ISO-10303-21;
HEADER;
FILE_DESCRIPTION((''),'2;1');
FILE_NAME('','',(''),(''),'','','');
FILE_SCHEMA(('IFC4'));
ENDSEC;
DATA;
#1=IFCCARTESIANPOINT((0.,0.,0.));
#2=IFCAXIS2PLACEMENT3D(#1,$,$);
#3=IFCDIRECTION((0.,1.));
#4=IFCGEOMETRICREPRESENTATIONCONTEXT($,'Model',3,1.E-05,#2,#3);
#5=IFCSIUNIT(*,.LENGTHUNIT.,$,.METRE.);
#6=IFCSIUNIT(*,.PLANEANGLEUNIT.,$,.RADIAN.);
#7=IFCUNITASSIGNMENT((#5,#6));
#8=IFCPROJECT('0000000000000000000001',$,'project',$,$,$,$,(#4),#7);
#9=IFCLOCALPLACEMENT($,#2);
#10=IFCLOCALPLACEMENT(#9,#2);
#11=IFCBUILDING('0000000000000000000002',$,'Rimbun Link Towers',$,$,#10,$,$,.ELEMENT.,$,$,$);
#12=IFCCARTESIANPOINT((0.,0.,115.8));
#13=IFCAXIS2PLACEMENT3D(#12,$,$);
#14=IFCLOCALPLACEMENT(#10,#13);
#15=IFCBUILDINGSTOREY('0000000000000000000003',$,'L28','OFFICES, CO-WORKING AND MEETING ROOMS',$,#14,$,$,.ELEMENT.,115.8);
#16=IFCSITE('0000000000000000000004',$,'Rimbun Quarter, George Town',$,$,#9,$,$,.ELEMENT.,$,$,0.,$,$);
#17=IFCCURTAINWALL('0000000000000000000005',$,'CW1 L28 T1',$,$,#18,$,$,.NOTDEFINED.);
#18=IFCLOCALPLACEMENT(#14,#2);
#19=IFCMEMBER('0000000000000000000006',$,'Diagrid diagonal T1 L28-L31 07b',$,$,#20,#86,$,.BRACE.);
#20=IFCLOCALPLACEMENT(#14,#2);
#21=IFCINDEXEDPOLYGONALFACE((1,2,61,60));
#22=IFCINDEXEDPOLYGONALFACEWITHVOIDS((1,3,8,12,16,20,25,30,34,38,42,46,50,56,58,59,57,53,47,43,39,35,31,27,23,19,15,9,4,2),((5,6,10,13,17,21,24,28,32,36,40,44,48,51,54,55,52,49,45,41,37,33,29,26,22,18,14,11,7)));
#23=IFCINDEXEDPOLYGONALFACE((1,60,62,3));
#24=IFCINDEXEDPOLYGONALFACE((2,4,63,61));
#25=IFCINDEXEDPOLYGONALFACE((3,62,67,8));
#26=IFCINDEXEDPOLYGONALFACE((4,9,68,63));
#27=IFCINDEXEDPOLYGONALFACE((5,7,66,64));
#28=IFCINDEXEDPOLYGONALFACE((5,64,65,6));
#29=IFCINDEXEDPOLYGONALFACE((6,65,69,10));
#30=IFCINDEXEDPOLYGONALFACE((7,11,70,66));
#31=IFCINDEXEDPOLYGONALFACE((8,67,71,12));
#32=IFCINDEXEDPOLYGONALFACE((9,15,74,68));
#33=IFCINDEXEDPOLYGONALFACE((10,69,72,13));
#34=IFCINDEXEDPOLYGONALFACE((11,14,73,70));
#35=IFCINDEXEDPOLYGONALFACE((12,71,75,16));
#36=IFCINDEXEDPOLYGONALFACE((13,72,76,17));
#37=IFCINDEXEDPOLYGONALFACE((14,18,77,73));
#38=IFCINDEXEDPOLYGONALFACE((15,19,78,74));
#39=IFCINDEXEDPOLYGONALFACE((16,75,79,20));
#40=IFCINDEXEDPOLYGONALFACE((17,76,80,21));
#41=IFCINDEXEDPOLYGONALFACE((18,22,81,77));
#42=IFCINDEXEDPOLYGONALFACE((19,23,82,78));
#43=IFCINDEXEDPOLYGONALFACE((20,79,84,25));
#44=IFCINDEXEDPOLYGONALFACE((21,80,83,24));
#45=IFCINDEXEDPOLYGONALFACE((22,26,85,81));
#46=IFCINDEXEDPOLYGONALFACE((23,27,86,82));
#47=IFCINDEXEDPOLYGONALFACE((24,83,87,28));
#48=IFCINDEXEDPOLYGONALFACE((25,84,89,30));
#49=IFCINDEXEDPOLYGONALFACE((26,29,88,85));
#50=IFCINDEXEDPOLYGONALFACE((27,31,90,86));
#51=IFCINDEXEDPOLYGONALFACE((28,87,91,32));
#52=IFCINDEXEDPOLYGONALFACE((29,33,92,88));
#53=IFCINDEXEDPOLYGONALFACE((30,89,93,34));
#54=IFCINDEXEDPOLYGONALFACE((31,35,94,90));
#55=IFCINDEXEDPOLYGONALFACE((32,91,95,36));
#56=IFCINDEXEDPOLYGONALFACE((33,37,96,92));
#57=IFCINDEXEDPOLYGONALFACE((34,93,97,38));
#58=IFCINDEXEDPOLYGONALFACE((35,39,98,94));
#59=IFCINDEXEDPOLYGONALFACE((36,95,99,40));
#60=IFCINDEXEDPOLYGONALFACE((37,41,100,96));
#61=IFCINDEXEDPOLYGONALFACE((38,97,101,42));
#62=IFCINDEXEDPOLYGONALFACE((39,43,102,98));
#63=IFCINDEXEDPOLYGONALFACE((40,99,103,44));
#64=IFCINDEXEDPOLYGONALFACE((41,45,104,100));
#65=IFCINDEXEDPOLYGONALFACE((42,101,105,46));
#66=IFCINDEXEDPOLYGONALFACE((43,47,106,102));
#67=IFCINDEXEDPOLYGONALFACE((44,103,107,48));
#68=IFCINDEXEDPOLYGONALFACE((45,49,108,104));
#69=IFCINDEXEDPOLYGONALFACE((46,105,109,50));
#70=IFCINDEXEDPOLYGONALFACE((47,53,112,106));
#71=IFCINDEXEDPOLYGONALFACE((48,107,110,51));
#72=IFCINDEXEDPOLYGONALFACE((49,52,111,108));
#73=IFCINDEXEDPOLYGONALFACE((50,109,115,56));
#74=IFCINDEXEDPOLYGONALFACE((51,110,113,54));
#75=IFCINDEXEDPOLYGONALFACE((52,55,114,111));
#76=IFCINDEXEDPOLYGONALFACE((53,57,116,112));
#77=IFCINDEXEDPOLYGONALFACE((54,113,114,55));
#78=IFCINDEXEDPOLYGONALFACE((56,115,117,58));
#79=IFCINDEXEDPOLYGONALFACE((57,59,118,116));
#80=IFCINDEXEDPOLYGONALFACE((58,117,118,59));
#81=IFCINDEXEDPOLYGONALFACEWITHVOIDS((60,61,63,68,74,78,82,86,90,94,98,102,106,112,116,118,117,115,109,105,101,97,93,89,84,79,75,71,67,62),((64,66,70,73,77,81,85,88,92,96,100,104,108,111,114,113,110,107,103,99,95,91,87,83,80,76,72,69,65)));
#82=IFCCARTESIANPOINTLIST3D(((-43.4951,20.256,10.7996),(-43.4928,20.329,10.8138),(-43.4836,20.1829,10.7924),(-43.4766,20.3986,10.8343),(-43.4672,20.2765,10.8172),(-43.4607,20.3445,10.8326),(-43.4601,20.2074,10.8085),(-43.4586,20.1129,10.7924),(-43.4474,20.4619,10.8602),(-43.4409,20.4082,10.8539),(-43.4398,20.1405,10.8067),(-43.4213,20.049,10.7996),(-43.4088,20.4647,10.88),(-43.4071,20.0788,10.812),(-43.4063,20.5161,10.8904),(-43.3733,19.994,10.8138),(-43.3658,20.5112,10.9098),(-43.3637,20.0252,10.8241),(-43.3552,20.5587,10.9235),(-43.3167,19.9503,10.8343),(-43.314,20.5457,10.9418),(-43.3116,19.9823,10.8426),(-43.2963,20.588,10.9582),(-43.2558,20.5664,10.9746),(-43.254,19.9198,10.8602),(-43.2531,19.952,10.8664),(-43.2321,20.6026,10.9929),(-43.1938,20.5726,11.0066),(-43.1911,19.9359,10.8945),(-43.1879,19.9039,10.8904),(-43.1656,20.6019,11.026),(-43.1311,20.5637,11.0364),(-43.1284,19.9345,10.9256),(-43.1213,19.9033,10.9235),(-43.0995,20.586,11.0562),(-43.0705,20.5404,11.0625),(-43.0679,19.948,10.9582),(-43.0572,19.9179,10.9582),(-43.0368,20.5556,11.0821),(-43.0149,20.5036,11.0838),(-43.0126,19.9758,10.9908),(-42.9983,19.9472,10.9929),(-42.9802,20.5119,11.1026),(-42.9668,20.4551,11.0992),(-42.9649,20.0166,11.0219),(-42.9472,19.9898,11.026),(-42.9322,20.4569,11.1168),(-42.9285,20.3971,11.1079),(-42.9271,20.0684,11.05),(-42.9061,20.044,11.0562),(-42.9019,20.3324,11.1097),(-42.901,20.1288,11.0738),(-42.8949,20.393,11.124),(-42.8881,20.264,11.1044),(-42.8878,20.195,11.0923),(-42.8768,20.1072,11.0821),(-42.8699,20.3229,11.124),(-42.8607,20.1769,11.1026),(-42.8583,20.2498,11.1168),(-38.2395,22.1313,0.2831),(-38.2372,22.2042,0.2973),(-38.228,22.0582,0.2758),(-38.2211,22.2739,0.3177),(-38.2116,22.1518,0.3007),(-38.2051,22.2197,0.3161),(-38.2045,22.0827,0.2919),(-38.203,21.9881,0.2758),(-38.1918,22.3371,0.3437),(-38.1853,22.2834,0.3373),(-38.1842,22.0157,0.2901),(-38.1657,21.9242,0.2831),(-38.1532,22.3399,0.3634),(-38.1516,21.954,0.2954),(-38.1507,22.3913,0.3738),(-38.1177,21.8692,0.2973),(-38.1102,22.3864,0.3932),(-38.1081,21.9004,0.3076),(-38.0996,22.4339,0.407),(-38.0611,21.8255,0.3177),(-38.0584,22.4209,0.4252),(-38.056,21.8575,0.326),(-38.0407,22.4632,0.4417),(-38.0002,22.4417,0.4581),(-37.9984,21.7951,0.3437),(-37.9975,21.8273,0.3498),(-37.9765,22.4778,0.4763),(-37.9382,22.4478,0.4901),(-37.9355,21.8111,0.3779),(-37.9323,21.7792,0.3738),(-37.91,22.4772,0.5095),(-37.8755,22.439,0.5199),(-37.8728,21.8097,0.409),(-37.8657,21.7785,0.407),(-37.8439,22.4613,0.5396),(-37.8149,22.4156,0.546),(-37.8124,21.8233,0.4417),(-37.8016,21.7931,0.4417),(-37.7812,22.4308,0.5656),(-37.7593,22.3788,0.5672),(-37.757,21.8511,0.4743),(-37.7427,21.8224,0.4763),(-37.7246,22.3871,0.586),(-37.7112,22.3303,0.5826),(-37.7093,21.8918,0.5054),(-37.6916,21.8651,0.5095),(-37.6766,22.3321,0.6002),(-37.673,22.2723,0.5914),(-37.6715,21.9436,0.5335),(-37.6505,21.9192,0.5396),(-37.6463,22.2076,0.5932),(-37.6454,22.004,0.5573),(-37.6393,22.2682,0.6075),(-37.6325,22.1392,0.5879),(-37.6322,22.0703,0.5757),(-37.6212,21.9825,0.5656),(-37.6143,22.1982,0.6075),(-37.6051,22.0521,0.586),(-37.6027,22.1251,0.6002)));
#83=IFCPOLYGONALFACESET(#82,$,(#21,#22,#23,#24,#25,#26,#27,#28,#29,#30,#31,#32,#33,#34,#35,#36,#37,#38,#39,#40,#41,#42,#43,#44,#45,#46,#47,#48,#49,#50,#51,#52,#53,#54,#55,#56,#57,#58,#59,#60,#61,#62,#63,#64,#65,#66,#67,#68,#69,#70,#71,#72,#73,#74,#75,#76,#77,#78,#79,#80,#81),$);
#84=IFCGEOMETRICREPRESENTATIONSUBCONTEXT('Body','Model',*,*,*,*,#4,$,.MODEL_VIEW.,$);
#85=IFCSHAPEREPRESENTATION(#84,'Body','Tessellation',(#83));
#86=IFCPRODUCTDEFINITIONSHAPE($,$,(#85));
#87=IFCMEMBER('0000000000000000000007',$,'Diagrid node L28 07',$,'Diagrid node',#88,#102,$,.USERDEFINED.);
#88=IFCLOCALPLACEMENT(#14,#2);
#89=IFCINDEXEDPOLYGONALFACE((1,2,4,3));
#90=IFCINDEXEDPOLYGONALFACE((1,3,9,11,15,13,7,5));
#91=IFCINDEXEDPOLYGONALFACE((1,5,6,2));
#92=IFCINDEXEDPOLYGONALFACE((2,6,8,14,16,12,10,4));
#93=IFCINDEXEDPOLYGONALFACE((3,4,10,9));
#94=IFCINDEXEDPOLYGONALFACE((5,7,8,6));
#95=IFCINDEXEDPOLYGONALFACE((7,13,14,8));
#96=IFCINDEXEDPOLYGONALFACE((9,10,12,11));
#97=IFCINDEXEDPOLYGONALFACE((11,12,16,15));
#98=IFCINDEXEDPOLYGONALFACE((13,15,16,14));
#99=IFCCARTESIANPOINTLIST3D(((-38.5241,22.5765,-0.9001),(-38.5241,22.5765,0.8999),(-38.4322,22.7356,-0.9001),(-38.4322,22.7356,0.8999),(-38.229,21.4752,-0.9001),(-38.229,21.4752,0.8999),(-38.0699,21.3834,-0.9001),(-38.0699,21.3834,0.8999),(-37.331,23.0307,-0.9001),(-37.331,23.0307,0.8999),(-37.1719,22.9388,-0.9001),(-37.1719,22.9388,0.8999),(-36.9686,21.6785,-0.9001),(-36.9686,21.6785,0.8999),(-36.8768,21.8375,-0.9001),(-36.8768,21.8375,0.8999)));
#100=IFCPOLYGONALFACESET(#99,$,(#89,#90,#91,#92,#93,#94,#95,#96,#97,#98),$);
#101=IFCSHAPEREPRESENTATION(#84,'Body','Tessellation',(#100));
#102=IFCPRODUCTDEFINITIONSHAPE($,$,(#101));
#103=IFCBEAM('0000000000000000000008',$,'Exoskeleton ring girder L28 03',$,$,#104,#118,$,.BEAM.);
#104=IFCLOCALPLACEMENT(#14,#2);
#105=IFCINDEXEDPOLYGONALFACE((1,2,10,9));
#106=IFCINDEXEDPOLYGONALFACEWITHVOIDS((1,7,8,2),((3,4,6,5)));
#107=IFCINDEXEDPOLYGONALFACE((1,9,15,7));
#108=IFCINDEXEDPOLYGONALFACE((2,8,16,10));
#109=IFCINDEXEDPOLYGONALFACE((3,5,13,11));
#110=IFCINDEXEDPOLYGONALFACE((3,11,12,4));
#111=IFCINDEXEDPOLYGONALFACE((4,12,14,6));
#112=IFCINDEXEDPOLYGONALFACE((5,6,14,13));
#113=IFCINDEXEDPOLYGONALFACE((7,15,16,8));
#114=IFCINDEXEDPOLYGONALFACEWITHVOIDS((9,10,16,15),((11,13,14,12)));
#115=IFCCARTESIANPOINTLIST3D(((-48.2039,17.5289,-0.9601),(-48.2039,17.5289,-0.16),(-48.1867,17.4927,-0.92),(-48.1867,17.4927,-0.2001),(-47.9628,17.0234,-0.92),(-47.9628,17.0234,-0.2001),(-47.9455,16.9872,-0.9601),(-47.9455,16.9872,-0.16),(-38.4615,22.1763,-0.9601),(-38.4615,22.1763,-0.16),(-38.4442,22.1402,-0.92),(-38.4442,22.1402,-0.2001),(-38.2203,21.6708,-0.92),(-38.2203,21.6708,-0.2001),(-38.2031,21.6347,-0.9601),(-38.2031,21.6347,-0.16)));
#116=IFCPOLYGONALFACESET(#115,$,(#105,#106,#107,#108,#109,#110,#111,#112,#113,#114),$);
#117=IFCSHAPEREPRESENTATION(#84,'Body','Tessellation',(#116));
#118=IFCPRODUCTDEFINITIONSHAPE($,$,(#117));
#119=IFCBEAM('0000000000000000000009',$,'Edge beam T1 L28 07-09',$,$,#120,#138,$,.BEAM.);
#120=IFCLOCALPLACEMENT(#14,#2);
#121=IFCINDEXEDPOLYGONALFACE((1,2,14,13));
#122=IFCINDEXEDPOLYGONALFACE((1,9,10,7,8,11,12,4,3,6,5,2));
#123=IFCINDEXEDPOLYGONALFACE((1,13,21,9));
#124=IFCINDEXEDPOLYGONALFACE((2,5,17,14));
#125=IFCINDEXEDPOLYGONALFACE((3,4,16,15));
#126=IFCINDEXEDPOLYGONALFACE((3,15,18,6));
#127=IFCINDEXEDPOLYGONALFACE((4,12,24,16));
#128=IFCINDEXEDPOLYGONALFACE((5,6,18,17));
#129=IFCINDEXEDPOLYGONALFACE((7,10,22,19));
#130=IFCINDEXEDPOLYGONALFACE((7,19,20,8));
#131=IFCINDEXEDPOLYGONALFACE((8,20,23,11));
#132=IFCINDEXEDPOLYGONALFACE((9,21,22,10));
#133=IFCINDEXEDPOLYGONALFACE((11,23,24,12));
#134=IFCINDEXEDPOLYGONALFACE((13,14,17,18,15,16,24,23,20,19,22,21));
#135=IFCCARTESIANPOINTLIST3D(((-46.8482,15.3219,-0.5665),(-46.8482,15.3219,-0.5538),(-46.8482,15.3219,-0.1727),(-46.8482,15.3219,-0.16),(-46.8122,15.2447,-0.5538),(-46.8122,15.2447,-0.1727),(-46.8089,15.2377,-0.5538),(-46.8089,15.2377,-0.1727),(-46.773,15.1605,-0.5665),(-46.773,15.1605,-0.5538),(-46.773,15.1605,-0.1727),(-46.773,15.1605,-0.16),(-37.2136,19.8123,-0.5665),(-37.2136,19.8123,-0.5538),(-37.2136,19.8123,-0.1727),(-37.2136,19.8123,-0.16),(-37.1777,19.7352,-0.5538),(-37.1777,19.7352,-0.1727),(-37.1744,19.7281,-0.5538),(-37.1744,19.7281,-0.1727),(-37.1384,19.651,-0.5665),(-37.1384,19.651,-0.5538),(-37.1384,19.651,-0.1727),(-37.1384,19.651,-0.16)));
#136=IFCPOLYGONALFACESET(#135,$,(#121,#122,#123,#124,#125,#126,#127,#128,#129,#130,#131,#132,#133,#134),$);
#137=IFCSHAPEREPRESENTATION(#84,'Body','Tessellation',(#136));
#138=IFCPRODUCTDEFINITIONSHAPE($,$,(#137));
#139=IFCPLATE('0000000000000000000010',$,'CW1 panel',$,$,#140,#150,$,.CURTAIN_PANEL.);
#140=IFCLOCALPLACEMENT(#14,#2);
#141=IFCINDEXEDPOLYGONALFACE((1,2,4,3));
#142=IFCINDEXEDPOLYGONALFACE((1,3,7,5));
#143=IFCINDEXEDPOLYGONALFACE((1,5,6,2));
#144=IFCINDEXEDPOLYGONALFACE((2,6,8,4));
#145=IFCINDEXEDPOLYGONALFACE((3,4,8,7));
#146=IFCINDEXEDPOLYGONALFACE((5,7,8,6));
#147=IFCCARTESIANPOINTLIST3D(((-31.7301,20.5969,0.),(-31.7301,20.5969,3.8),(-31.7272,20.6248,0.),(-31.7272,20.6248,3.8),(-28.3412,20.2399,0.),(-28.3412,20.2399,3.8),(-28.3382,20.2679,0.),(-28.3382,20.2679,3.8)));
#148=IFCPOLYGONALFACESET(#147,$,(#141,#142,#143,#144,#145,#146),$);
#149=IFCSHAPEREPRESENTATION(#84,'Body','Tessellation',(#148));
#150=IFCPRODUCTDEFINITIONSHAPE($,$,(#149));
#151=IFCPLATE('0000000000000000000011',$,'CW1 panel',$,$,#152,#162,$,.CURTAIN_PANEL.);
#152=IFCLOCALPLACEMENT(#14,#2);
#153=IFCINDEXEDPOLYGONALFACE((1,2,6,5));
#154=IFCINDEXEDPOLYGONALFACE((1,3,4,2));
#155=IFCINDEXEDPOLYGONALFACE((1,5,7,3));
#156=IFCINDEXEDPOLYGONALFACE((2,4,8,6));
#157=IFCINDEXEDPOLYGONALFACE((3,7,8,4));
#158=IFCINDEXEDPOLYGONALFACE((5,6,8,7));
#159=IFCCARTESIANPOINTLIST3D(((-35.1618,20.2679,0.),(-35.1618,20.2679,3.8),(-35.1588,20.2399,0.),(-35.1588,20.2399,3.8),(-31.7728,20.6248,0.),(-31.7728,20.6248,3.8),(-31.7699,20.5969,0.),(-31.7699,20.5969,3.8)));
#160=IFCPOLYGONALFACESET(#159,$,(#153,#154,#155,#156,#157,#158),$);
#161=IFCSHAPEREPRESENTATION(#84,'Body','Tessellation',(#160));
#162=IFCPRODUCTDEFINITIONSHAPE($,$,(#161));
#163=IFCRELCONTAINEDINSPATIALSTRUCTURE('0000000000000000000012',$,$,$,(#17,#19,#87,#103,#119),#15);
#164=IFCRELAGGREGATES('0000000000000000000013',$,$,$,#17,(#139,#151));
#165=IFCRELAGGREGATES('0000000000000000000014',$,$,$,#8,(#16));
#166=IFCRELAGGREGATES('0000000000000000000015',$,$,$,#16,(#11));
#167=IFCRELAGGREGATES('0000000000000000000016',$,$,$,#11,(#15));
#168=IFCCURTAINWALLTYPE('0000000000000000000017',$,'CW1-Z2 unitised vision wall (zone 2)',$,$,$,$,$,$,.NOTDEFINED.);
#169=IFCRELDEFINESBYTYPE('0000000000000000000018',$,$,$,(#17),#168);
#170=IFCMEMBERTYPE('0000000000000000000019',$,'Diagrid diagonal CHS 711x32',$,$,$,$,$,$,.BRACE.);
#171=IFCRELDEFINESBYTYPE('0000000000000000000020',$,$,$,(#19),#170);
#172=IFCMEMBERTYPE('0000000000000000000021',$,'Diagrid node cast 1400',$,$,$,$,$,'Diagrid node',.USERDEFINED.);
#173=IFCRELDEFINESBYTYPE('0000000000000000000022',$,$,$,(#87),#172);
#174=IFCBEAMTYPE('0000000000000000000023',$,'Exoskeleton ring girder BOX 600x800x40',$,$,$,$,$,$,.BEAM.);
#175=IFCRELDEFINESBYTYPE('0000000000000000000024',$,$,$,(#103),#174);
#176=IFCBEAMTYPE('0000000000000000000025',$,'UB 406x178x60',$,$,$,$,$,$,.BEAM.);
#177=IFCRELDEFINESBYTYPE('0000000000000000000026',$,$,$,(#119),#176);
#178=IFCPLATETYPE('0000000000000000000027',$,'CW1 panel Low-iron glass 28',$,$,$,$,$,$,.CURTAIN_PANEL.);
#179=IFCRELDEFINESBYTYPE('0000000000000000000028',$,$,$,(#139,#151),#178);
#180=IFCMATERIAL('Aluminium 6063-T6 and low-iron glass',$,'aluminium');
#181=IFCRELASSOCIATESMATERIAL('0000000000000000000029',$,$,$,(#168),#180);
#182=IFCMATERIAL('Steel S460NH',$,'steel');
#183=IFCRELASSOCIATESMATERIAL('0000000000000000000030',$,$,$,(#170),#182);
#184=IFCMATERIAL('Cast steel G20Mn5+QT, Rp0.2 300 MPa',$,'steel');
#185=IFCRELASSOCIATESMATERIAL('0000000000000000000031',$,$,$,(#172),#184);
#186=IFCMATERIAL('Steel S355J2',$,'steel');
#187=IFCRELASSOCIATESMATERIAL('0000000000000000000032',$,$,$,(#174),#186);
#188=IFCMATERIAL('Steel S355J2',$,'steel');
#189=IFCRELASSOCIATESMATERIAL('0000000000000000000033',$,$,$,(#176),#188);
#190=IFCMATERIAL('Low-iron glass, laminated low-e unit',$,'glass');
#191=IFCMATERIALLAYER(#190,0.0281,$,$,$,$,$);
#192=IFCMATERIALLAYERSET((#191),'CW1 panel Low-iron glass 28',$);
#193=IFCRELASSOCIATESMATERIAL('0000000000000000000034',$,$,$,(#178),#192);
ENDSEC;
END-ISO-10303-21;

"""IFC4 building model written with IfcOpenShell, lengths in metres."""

from ifc_helpers import new_model, si_unit, direction, frame, origin, origin_2d, place, context, subcontext, project, spatial, polyline, rectangle, hollow_rectangle, hollow_circle, i_section, outline, extrude, material, layer, layer_set, material_profile, profile_set, type_object, element, aggregate, save


model = new_model("IFC4")

# Units and contexts
model_context = context("Model", 3, precision=1e-05, world=origin(), true_north=direction((0.0, 1.0)))
body_context = subcontext(model_context, "Body", "Model", "MODEL_VIEW")
ifc_project = project(units=[si_unit("LENGTHUNIT", "METRE"), si_unit("PLANEANGLEUNIT", "RADIAN")], contexts=[model_context])

# Site, building, storey
site_placement = place(None, origin())
site = spatial("IfcSite", under=ifc_project, at=site_placement, Name="Rimbun Quarter, George Town", CompositionType="ELEMENT", RefElevation=0.0)
building_placement = place(site_placement, origin())
building = spatial("IfcBuilding", under=site, at=building_placement, Name="Rimbun Link Towers", CompositionType="ELEMENT")
storey_placement = place(building_placement, frame((0.0, 0.0, 115.8)))
storey = spatial("IfcBuildingStorey", under=building, at=storey_placement, Name="L28", Description="OFFICES, CO-WORKING AND MEETING ROOMS", CompositionType="ELEMENT", Elevation=115.8)

# Curtain wall
ifc_material_1 = material(Name="Aluminium 6063-T6 and low-iron glass", Category="aluminium")
curtain_wall_type = type_object("IfcCurtainWallType", Name="CW1-Z2 unitised vision wall (zone 2)", PredefinedType="NOTDEFINED", material=ifc_material_1)
curtain_wall_placement = place(storey_placement, origin())
curtain_wall = element("IfcCurtainWall", 1, at=curtain_wall_placement, inside=storey, type_object=curtain_wall_type, Name="CW1 L28 T1", PredefinedType="NOTDEFINED")

# Members
ifc_material_2 = material(Name="Steel S460NH", Category="steel")
ifc_material_profile_1 = material_profile(ifc_material_2, hollow_circle(Radius=0.3557, WallThickness=0.032, at=origin_2d()), Name="Diagrid diagonal CHS 711x32")
ifc_profile_set_1 = profile_set([ifc_material_profile_1], Name="Steel S460NH")
member_type_1 = type_object("IfcMemberType", Name="Diagrid diagonal CHS 711x32", PredefinedType="BRACE", material=ifc_profile_set_1)
member_1_placement = place(storey_placement, frame((-37.9211, 22.1282, 0.4417), z_axis=(-0.441451, -0.157513, 0.883352), x_axis=(0.336056, -0.941842, 0.0)))
element("IfcMember", 2, at=member_1_placement, inside=storey, type_object=member_type_1, Name="Diagrid diagonal T1 L28-L31 07b", PredefinedType="BRACE", context=body_context, shape_type="SweptSolid", body=[
    extrude(hollow_circle(Radius=0.3557, WallThickness=0.032, at=origin_2d()), origin(), (0.0, 0.0, 1.0), 11.9053),
])
ifc_material_3 = material(Name="Cast steel G20Mn5+QT, Rp0.2 300 MPa", Category="steel")
ifc_material_profile_2 = material_profile(ifc_material_3, outline(polyline([(0.7, -0.5701), (0.7, 0.5701), (0.5701, 0.7), (-0.5701, 0.7), (-0.7, 0.5701), (-0.7, -0.5701), (-0.5701, -0.7), (0.5701, -0.7), (0.7, -0.5701)])), Name="NODE 1400x1400")
ifc_profile_set_2 = profile_set([ifc_material_profile_2], Name="Cast steel G20Mn5+QT, Rp0.2 300 MPa")
member_type_2 = type_object("IfcMemberType", Name="Diagrid node cast 1400", ElementType="Diagrid node", PredefinedType="USERDEFINED", material=ifc_profile_set_2)
member_2_placement = place(storey_placement, frame((-37.7004, 22.207, -0.9001), z_axis=(0.0, 0.0, 1.0), x_axis=(-0.258819, 0.965926, 0.0)))
element("IfcMember", 3, at=member_2_placement, inside=storey, type_object=member_type_2, Name="Diagrid node L28 07", ObjectType="Diagrid node", PredefinedType="USERDEFINED", context=body_context, shape_type="SweptSolid", body=[
    extrude(outline(polyline([(0.7, -0.5701), (0.7, 0.5701), (0.5701, 0.7), (-0.5701, 0.7), (-0.7, 0.5701), (-0.7, -0.5701), (-0.5701, -0.7), (0.5701, -0.7), (0.7, -0.5701)])), origin(), (0.0, 0.0, 1.0), 1.8),
])

# Beams
ifc_material_4 = material(Name="Steel S355J2", Category="steel")
ifc_material_profile_3 = material_profile(ifc_material_4, hollow_rectangle(XDim=0.6001, YDim=0.8, WallThickness=0.04, at=origin_2d()), Name="Exoskeleton ring girder BOX 600x800x40")
ifc_profile_set_3 = profile_set([ifc_material_profile_3], Name="Steel S355J2")
beam_type_1 = type_object("IfcBeamType", Name="Exoskeleton ring girder BOX 600x800x40", PredefinedType="BEAM", material=ifc_profile_set_3)
beam_1_placement = place(storey_placement, frame((-38.3323, 21.9055, -0.5601), z_axis=(-0.902565, -0.430553, 0.0), x_axis=(0.430553, -0.902565, 0.0)))
element("IfcBeam", 4, at=beam_1_placement, inside=storey, type_object=beam_type_1, Name="Exoskeleton ring girder L28 03", PredefinedType="BEAM", context=body_context, shape_type="SweptSolid", body=[
    extrude(hollow_rectangle(XDim=0.6001, YDim=0.8, WallThickness=0.04, at=origin_2d()), origin(), (0.0, 0.0, 1.0), 10.7942),
])
ifc_material_5 = material(Name="Steel S355J2", Category="steel")
ifc_material_profile_4 = material_profile(ifc_material_5, i_section(OverallWidth=0.178, OverallDepth=0.4065, WebThickness=0.0078, FlangeThickness=0.0127, at=origin_2d()), Name="UB 406x178x60")
ifc_profile_set_4 = profile_set([ifc_material_profile_4], Name="Steel S355J2")
beam_type_2 = type_object("IfcBeamType", Name="UB 406x178x60", PredefinedType="BEAM", material=ifc_profile_set_4)
beam_2_placement = place(storey_placement, frame((-37.176, 19.7317, -0.3633), z_axis=(-0.906386, -0.42245, 0.0), x_axis=(0.42245, -0.906386, 0.0)))
element("IfcBeam", 5, at=beam_2_placement, inside=storey, type_object=beam_type_2, Name="Edge beam T1 L28 07-09", PredefinedType="BEAM", context=body_context, shape_type="SweptSolid", body=[
    extrude(i_section(OverallWidth=0.178, OverallDepth=0.4065, WebThickness=0.0078, FlangeThickness=0.0127, at=origin_2d()), origin(), (0.0, 0.0, 1.0), 10.6296),
])

# Plates
ifc_material_6 = material(Name="Low-iron glass, laminated low-e unit", Category="glass")
ifc_layer_1 = layer(ifc_material_6, 0.0281)
ifc_layer_set_1 = layer_set([ifc_layer_1], Name="CW1 panel Low-iron glass 28")
plate_type = type_object("IfcPlateType", Name="CW1 panel Low-iron glass 28", PredefinedType="CURTAIN_PANEL", material=ifc_layer_set_1)
plate_1_placement = place(storey_placement, frame((-30.0342, 20.4324, 0.0), z_axis=(0.0, 0.0, 1.0), x_axis=(0.994499, -0.104748, 0.0)))
plate_1 = element("IfcPlate", 6, at=plate_1_placement, type_object=plate_type, Name="CW1 panel", PredefinedType="CURTAIN_PANEL", context=body_context, shape_type="SweptSolid", body=[
    extrude(rectangle(XDim=3.4077, YDim=0.0281, at=origin_2d()), origin(), (0.0, 0.0, 1.0), 3.8),
])
plate_2_placement = place(storey_placement, frame((-33.4658, 20.4324, 0.0), z_axis=(0.0, 0.0, 1.0), x_axis=(0.994499, 0.104748, 0.0)))
plate_2 = element("IfcPlate", 7, at=plate_2_placement, type_object=plate_type, Name="CW1 panel", PredefinedType="CURTAIN_PANEL", context=body_context, shape_type="SweptSolid", body=[
    extrude(rectangle(XDim=3.4077, YDim=0.0281, at=origin_2d()), origin(), (0.0, 0.0, 1.0), 3.8),
])
aggregate(curtain_wall, [plate_1, plate_2])

save(model, "model.ifc")
